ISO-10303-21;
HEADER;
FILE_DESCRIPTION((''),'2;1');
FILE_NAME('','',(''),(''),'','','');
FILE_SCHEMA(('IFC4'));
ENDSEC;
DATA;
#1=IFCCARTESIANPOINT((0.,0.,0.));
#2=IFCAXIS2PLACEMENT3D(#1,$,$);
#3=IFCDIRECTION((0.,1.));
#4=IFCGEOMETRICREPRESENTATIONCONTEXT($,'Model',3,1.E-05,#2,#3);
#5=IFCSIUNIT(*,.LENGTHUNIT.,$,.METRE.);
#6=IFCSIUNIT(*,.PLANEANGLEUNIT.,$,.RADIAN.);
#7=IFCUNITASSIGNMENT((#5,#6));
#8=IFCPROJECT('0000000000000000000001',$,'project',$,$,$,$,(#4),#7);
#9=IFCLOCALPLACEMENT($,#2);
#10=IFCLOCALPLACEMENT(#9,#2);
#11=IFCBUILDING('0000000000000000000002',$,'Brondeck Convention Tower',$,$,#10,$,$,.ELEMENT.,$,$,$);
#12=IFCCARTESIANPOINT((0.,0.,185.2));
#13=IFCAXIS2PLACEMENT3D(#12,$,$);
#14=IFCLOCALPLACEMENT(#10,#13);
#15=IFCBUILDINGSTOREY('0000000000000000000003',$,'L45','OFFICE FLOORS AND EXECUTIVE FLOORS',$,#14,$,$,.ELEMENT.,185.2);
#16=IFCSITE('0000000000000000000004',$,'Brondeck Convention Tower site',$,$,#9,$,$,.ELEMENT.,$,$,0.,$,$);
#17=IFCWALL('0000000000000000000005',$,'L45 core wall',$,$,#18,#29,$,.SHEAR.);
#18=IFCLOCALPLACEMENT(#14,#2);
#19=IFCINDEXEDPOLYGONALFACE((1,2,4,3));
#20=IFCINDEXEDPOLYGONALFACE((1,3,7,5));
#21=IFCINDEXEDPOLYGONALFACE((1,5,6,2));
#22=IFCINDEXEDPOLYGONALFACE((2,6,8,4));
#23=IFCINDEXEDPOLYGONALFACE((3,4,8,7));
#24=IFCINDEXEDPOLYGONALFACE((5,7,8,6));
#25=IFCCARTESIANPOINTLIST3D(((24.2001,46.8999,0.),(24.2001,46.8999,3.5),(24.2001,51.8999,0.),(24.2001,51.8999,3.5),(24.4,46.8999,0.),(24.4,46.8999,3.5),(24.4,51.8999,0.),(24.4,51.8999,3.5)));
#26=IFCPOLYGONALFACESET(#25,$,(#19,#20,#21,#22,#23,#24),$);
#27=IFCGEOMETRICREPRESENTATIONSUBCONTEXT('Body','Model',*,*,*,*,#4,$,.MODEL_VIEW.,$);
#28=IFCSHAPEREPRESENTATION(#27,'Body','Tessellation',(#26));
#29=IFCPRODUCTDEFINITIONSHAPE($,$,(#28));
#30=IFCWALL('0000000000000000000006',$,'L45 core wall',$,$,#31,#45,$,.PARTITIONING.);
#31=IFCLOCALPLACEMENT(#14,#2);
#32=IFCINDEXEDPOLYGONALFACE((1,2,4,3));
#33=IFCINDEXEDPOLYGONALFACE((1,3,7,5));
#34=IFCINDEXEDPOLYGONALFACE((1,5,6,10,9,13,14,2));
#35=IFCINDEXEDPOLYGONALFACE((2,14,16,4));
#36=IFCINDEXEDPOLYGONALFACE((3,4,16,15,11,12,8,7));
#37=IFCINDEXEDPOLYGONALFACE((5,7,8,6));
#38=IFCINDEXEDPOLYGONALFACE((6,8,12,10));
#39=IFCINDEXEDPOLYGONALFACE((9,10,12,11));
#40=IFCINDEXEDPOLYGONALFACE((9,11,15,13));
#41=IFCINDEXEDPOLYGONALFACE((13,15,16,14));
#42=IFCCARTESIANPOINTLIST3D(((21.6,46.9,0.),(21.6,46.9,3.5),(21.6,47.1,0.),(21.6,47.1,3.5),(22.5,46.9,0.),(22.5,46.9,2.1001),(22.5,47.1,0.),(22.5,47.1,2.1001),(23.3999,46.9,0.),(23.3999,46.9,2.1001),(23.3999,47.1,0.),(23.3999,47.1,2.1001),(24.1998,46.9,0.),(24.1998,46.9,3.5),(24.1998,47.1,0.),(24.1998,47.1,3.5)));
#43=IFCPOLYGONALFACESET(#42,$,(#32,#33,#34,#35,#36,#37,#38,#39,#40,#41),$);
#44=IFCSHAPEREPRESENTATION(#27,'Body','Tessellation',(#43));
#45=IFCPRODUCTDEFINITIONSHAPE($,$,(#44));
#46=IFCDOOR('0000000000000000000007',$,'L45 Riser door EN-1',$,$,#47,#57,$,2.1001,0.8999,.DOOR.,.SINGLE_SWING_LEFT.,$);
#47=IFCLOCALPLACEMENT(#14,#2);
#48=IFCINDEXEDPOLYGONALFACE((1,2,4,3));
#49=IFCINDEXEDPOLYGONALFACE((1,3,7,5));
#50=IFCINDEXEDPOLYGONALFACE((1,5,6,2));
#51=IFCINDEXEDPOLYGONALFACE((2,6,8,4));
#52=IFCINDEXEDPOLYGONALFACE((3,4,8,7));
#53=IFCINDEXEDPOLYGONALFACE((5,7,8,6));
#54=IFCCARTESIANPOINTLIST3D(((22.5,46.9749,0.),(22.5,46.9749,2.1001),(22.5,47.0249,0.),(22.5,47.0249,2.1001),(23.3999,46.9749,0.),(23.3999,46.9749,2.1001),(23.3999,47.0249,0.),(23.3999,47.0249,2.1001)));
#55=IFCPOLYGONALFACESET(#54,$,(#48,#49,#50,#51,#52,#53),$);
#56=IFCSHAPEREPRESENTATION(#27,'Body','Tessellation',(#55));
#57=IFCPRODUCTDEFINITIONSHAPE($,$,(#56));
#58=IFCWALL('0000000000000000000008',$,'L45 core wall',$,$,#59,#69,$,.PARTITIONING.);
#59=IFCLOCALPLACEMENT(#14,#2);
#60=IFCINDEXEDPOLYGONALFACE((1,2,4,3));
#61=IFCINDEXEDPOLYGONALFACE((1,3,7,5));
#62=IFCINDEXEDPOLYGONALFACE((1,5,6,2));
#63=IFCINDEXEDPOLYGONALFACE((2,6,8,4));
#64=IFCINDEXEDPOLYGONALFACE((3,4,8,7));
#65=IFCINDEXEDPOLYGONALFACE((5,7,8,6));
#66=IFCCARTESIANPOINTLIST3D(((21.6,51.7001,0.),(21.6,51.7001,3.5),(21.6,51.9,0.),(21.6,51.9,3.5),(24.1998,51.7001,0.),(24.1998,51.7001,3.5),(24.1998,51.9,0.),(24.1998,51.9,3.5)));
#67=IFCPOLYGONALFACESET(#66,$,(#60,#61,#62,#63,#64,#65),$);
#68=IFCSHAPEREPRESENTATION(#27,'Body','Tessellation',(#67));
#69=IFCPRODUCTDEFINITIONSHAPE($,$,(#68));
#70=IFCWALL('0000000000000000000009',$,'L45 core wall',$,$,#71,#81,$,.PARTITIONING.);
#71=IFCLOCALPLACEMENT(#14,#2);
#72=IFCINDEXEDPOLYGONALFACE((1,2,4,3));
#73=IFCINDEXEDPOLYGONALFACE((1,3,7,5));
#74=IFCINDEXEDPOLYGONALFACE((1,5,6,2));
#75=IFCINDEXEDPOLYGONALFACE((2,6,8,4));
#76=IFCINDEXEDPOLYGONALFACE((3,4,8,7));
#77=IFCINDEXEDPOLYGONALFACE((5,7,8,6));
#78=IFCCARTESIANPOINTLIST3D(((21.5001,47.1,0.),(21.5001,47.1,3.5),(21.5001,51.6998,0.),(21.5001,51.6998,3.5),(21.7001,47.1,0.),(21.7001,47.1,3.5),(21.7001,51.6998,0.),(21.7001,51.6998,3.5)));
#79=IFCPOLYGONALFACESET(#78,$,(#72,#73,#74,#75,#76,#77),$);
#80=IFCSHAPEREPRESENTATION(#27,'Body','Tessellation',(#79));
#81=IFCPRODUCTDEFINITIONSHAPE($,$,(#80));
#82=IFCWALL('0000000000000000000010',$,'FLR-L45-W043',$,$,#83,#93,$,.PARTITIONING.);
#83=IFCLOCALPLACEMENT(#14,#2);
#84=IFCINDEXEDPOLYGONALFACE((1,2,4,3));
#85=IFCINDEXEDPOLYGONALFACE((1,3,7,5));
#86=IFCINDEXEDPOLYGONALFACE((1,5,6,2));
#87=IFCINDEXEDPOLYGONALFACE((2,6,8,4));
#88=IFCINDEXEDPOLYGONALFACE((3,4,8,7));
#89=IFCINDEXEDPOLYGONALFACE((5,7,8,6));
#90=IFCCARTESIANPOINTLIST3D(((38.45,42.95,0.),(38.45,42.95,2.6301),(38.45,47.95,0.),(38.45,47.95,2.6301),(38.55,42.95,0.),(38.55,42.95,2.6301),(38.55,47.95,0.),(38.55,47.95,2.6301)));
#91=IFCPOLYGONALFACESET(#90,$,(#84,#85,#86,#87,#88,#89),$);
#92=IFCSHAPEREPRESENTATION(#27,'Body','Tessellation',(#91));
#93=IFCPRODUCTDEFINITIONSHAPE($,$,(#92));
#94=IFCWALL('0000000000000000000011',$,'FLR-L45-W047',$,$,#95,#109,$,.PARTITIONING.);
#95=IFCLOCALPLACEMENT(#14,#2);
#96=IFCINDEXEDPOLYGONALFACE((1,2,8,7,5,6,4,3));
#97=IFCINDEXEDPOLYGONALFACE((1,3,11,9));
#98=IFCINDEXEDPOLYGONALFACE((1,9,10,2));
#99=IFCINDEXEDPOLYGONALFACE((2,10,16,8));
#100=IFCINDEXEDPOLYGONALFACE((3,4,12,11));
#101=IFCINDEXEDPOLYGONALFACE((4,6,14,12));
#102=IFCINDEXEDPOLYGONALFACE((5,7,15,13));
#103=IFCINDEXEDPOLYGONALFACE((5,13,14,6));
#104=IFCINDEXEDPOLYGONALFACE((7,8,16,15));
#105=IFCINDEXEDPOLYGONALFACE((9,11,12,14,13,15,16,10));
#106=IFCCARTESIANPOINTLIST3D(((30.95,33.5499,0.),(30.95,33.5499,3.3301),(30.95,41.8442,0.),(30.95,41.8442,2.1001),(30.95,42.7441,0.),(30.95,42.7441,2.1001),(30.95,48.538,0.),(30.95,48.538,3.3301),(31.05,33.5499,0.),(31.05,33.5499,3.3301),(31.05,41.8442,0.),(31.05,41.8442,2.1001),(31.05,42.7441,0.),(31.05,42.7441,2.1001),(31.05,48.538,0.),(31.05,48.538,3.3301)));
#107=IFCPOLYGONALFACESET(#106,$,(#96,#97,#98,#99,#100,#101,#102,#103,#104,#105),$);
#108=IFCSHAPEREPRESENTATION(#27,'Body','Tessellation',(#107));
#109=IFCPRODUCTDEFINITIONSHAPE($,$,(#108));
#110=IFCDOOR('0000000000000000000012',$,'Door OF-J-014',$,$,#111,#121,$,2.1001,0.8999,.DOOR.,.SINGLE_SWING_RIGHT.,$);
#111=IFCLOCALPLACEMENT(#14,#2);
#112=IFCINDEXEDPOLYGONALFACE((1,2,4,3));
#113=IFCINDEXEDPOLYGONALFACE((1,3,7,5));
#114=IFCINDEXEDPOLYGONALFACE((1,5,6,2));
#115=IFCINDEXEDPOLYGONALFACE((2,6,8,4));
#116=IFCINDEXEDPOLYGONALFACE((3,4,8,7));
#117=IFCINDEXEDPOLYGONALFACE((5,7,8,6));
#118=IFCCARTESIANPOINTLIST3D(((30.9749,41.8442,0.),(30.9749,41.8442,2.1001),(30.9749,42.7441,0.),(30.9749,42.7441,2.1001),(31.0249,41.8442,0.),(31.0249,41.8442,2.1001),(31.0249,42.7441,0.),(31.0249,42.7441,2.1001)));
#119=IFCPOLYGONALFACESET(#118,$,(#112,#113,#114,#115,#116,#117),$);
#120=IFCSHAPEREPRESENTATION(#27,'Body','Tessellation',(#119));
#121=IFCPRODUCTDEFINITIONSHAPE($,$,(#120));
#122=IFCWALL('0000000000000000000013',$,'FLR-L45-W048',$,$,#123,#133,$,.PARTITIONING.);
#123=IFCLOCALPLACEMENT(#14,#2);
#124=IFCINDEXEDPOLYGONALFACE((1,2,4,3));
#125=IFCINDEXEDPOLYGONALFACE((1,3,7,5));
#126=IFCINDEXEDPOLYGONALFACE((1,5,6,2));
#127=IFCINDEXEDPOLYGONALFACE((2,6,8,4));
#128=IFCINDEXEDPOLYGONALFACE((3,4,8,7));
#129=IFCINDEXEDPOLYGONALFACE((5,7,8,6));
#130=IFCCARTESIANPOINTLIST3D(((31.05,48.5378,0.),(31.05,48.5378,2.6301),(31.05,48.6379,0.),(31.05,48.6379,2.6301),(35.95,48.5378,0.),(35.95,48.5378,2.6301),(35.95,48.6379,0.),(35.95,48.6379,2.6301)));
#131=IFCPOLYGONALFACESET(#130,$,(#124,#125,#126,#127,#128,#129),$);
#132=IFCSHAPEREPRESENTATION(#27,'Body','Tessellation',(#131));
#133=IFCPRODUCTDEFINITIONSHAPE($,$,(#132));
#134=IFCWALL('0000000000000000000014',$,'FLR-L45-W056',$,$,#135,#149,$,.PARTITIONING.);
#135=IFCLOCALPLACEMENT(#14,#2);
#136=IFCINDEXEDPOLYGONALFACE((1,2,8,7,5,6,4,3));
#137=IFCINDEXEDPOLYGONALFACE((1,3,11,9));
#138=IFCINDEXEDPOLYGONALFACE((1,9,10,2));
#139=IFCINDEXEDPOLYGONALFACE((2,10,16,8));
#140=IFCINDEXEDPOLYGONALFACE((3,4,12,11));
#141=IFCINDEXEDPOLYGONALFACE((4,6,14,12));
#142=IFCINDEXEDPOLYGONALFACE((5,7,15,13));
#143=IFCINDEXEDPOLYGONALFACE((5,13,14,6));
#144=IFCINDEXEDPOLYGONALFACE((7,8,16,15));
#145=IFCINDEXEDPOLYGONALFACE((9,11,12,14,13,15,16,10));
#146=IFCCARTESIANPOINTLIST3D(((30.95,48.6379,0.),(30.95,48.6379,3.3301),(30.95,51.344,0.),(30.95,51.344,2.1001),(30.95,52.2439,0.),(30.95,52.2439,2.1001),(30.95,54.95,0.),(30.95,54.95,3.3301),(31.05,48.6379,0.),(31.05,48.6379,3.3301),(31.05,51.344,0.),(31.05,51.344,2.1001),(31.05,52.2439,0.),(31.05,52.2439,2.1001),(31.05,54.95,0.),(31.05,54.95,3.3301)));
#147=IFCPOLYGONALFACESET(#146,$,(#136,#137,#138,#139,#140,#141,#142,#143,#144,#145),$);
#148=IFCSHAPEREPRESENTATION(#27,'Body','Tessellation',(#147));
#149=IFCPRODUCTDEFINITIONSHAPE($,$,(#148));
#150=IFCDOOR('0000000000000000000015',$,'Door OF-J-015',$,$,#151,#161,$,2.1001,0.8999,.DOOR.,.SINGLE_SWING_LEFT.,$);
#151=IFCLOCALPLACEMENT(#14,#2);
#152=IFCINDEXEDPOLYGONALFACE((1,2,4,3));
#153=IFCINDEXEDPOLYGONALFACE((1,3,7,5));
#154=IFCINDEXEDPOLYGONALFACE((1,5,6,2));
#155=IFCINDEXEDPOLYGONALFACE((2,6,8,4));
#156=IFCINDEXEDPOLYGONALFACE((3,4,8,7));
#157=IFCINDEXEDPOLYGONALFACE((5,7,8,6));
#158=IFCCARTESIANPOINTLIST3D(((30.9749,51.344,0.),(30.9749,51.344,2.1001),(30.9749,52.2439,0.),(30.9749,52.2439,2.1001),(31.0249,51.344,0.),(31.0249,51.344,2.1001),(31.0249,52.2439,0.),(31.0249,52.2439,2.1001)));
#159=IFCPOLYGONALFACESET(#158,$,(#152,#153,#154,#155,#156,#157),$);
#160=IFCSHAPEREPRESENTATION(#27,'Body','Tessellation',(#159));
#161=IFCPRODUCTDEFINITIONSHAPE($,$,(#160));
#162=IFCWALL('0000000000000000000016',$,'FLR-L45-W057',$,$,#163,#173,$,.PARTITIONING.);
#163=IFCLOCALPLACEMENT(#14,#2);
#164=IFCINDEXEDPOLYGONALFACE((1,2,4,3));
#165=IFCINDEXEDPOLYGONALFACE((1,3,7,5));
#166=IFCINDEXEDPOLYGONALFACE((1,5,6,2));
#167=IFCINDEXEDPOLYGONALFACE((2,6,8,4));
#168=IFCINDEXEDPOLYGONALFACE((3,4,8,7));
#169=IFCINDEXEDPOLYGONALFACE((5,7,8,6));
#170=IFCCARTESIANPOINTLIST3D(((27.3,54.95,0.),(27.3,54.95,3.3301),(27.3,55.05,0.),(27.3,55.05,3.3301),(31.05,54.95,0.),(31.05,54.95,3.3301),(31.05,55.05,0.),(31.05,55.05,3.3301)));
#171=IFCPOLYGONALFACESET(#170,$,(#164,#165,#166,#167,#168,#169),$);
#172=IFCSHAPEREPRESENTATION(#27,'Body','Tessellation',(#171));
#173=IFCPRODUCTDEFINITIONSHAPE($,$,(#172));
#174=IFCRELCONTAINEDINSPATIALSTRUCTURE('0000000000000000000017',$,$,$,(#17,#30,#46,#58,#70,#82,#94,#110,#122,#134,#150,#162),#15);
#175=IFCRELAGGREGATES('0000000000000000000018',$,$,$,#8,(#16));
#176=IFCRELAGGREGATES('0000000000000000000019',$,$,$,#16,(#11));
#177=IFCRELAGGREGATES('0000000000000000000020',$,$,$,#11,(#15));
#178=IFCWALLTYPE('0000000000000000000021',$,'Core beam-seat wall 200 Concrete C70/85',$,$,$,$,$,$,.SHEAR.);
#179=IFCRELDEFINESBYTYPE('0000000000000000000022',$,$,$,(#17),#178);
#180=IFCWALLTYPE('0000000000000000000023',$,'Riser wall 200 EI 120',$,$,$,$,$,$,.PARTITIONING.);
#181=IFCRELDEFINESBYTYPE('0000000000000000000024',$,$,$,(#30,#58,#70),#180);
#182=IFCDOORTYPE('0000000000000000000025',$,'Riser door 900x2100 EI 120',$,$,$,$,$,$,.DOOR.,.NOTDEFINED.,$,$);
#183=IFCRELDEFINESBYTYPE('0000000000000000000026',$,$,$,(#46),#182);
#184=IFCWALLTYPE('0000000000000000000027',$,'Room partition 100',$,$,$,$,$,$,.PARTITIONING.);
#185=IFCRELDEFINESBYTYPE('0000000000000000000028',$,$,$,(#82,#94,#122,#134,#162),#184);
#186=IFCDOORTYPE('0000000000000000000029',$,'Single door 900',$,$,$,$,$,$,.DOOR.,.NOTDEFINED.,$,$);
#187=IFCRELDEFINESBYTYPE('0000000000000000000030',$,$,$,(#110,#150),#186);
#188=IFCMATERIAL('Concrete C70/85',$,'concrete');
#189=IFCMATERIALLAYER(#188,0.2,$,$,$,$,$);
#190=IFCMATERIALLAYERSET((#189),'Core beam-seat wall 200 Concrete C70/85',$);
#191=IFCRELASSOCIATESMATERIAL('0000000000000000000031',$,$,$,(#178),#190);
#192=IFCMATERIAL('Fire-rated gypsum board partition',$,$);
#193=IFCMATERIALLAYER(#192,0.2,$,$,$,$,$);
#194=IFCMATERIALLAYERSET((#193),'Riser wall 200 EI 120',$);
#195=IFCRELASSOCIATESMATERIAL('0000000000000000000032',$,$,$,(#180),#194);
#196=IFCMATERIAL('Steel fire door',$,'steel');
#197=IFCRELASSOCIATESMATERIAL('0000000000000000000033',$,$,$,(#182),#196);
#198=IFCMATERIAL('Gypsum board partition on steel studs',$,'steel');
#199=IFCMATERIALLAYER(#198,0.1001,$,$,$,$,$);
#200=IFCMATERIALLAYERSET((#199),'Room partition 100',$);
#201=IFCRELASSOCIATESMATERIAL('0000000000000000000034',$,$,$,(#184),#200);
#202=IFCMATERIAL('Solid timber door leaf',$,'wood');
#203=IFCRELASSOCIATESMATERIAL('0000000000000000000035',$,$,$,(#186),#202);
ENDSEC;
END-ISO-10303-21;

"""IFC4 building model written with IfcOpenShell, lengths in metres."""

from ifc_helpers import new_model, si_unit, direction, frame, frame_2d, origin, place, context, subcontext, project, spatial, rectangle, extrude, material, layer, layer_set, type_object, element, fill, save


model = new_model("IFC4")

# Units and contexts
model_context = context("Model", 3, precision=1e-05, world=origin(), true_north=direction((0.0, 1.0)))
body_context = subcontext(model_context, "Body", "Model", "MODEL_VIEW")
ifc_project = project(units=[si_unit("LENGTHUNIT", "METRE"), si_unit("PLANEANGLEUNIT", "RADIAN")], contexts=[model_context])

# Site, building, storey
site_placement = place(None, origin())
site = spatial("IfcSite", under=ifc_project, at=site_placement, Name="Brondeck Convention Tower site", CompositionType="ELEMENT", RefElevation=0.0)
building_placement = place(site_placement, origin())
building = spatial("IfcBuilding", under=site, at=building_placement, Name="Brondeck Convention Tower", CompositionType="ELEMENT")
storey_placement = place(building_placement, frame((0.0, 0.0, 185.2)))
storey = spatial("IfcBuildingStorey", under=building, at=storey_placement, Name="L45", Description="OFFICE FLOORS AND EXECUTIVE FLOORS", CompositionType="ELEMENT", Elevation=185.2)

# Shared definitions
ifc_material_1 = material(Name="Concrete C70/85", Category="concrete")

# Wall
ifc_layer_1 = layer(ifc_material_1, 0.2)
ifc_layer_set_1 = layer_set([ifc_layer_1], Name="Core beam-seat wall 200 Concrete C70/85")
wall_type_1 = type_object("IfcWallType", Name="Core beam-seat wall 200 Concrete C70/85", PredefinedType="SHEAR", material=ifc_layer_set_1)
wall_1_placement = place(storey_placement, frame((24.3, 46.8999, 0.0), z_axis=(0.0, 0.0, 1.0), x_axis=(0.0, 1.0, 0.0)))
element("IfcWall", 1, at=wall_1_placement, inside=storey, type_object=wall_type_1, Name="L45 core wall", PredefinedType="SHEAR", context=body_context, shape_type="SweptSolid", body=[
    extrude(rectangle(XDim=5.0, YDim=0.2, at=frame_2d((2.5, 0.0))), origin(), (0.0, 0.0, 1.0), 3.5),
])

# Wall, opening, door
ifc_material_2 = material(Name="Fire-rated gypsum board partition")
ifc_layer_2 = layer(ifc_material_2, 0.2)
ifc_layer_set_2 = layer_set([ifc_layer_2], Name="Riser wall 200 EI 120")
wall_type_2 = type_object("IfcWallType", Name="Riser wall 200 EI 120", PredefinedType="PARTITIONING", material=ifc_layer_set_2)
wall_2_placement = place(storey_placement, frame((21.6001, 47.0, 0.0), z_axis=(0.0, 0.0, 1.0), x_axis=(1.0, 0.0, 0.0)))
wall_2 = element("IfcWall", 2, at=wall_2_placement, inside=storey, type_object=wall_type_2, Name="L45 core wall", PredefinedType="PARTITIONING", context=body_context, shape_type="SweptSolid", body=[
    extrude(rectangle(XDim=2.5999, YDim=0.2, at=frame_2d((1.2998, 0.0))), origin(), (0.0, 0.0, 1.0), 3.5),
])
opening_1_placement = place(wall_2_placement, frame((0.8999, 0.0, 0.0)))
opening_1 = element("IfcOpeningElement", 3, at=opening_1_placement, cuts=wall_2, PredefinedType="OPENING", context=body_context, shape_type="SweptSolid", body=[
    extrude(rectangle(XDim=0.8999, YDim=2.1001, at=frame_2d((0.45, 1.05))), frame((0.0, 0.1099, 0.0), z_axis=(0.0, -1.0, 0.0), x_axis=(1.0, 0.0, 0.0)), (0.0, 0.0, 1.0), 0.22),
])
ifc_material_3 = material(Name="Steel fire door", Category="steel")
door_type_1 = type_object("IfcDoorType", Name="Riser door 900x2100 EI 120", OperationType="NOTDEFINED", PredefinedType="DOOR", material=ifc_material_3)
door_1_placement = place(opening_1_placement, origin())
door_1 = element("IfcDoor", 4, at=door_1_placement, inside=storey, type_object=door_type_1, Name="L45 Riser door EN-1", OperationType="SINGLE_SWING_LEFT", OverallHeight=2.1001, OverallWidth=0.8999, PredefinedType="DOOR", context=body_context, shape_type="SweptSolid", body=[
    extrude(rectangle(XDim=0.8999, YDim=2.1001, at=frame_2d((0.45, 1.05))), frame((0.0, 0.0249, 0.0), z_axis=(0.0, -1.0, 0.0), x_axis=(1.0, 0.0, 0.0)), (0.0, 0.0, 1.0), 0.05),
])
fill(opening_1, door_1)

# Walls
wall_3_placement = place(storey_placement, frame((21.6001, 51.8, 0.0), z_axis=(0.0, 0.0, 1.0), x_axis=(1.0, 0.0, 0.0)))
element("IfcWall", 5, at=wall_3_placement, inside=storey, type_object=wall_type_2, Name="L45 core wall", PredefinedType="PARTITIONING", context=body_context, shape_type="SweptSolid", body=[
    extrude(rectangle(XDim=2.5999, YDim=0.2, at=frame_2d((1.2998, 0.0))), origin(), (0.0, 0.0, 1.0), 3.5),
])
wall_4_placement = place(storey_placement, frame((21.6001, 47.1001, 0.0), z_axis=(0.0, 0.0, 1.0), x_axis=(0.0, 1.0, 0.0)))
element("IfcWall", 6, at=wall_4_placement, inside=storey, type_object=wall_type_2, Name="L45 core wall", PredefinedType="PARTITIONING", context=body_context, shape_type="SweptSolid", body=[
    extrude(rectangle(XDim=4.5999, YDim=0.2, at=frame_2d((2.2998, 0.0))), origin(), (0.0, 0.0, 1.0), 3.5),
])
ifc_material_4 = material(Name="Gypsum board partition on steel studs", Category="steel")
ifc_layer_3 = layer(ifc_material_4, 0.1001)
ifc_layer_set_3 = layer_set([ifc_layer_3], Name="Room partition 100")
wall_type_3 = type_object("IfcWallType", Name="Room partition 100", PredefinedType="PARTITIONING", material=ifc_layer_set_3)
wall_5_placement = place(storey_placement, frame((38.5, 47.95, 0.0), z_axis=(0.0, 0.0, 1.0), x_axis=(0.0, -1.0, 0.0)))
element("IfcWall", 7, at=wall_5_placement, inside=storey, type_object=wall_type_3, Name="FLR-L45-W043", PredefinedType="PARTITIONING", context=body_context, shape_type="SweptSolid", body=[
    extrude(rectangle(XDim=5.0, YDim=0.1001, at=frame_2d((2.5, 0.0))), origin(), (0.0, 0.0, 1.0), 2.6301),
])

# Wall, opening, door
wall_6_placement = place(storey_placement, frame((31.0, 48.5381, 0.0), z_axis=(0.0, 0.0, 1.0), x_axis=(0.0, -1.0, 0.0)))
wall_6 = element("IfcWall", 8, at=wall_6_placement, inside=storey, type_object=wall_type_3, Name="FLR-L45-W047", PredefinedType="PARTITIONING", context=body_context, shape_type="SweptSolid", body=[
    extrude(rectangle(XDim=14.988, YDim=0.1001, at=frame_2d((7.4941, 0.0))), origin(), (0.0, 0.0, 1.0), 3.3301),
])
opening_2_placement = place(wall_6_placement, frame((5.7939, 0.0, 0.0)))
opening_2 = element("IfcOpeningElement", 9, at=opening_2_placement, cuts=wall_6, PredefinedType="OPENING", context=body_context, shape_type="SweptSolid", body=[
    extrude(rectangle(XDim=0.8999, YDim=2.1001, at=frame_2d((0.45, 1.05))), frame((0.0, 0.0601, 0.0), z_axis=(0.0, -1.0, 0.0), x_axis=(1.0, 0.0, 0.0)), (0.0, 0.0, 1.0), 0.1201),
])
ifc_material_5 = material(Name="Solid timber door leaf", Category="wood")
door_type_2 = type_object("IfcDoorType", Name="Single door 900", OperationType="NOTDEFINED", PredefinedType="DOOR", material=ifc_material_5)
door_2_placement = place(opening_2_placement, origin())
door_2 = element("IfcDoor", 10, at=door_2_placement, inside=storey, type_object=door_type_2, Name="Door OF-J-014", OperationType="SINGLE_SWING_RIGHT", OverallHeight=2.1001, OverallWidth=0.8999, PredefinedType="DOOR", context=body_context, shape_type="SweptSolid", body=[
    extrude(rectangle(XDim=0.8999, YDim=2.1001, at=frame_2d((0.45, 1.05))), frame((0.0, 0.0249, 0.0), z_axis=(0.0, -1.0, 0.0), x_axis=(1.0, 0.0, 0.0)), (0.0, 0.0, 1.0), 0.05),
])
fill(opening_2, door_2)

# Wall
wall_7_placement = place(storey_placement, frame((31.05, 48.5879, 0.0), z_axis=(0.0, 0.0, 1.0), x_axis=(1.0, 0.0, 0.0)))
element("IfcWall", 11, at=wall_7_placement, inside=storey, type_object=wall_type_3, Name="FLR-L45-W048", PredefinedType="PARTITIONING", context=body_context, shape_type="SweptSolid", body=[
    extrude(rectangle(XDim=4.8999, YDim=0.1001, at=frame_2d((2.45, 0.0))), origin(), (0.0, 0.0, 1.0), 2.6301),
])

# Wall, opening, door
wall_8_placement = place(storey_placement, frame((31.0, 54.95, 0.0), z_axis=(0.0, 0.0, 1.0), x_axis=(0.0, -1.0, 0.0)))
wall_8 = element("IfcWall", 12, at=wall_8_placement, inside=storey, type_object=wall_type_3, Name="FLR-L45-W056", PredefinedType="PARTITIONING", context=body_context, shape_type="SweptSolid", body=[
    extrude(rectangle(XDim=6.312, YDim=0.1001, at=frame_2d((3.156, 0.0))), origin(), (0.0, 0.0, 1.0), 3.3301),
])
opening_3_placement = place(wall_8_placement, frame((2.7061, 0.0, 0.0)))
opening_3 = element("IfcOpeningElement", 13, at=opening_3_placement, cuts=wall_8, PredefinedType="OPENING", context=body_context, shape_type="SweptSolid", body=[
    extrude(rectangle(XDim=0.8999, YDim=2.1001, at=frame_2d((0.45, 1.05))), frame((0.0, 0.0601, 0.0), z_axis=(0.0, -1.0, 0.0), x_axis=(1.0, 0.0, 0.0)), (0.0, 0.0, 1.0), 0.1201),
])
door_3_placement = place(opening_3_placement, origin())
door_3 = element("IfcDoor", 14, at=door_3_placement, inside=storey, type_object=door_type_2, Name="Door OF-J-015", OperationType="SINGLE_SWING_LEFT", OverallHeight=2.1001, OverallWidth=0.8999, PredefinedType="DOOR", context=body_context, shape_type="SweptSolid", body=[
    extrude(rectangle(XDim=0.8999, YDim=2.1001, at=frame_2d((0.45, 1.05))), frame((0.0, 0.0249, 0.0), z_axis=(0.0, -1.0, 0.0), x_axis=(1.0, 0.0, 0.0)), (0.0, 0.0, 1.0), 0.05),
])
fill(opening_3, door_3)

# Wall
wall_9_placement = place(storey_placement, frame((27.3, 55.0, 0.0), z_axis=(0.0, 0.0, 1.0), x_axis=(1.0, 0.0, 0.0)))
element("IfcWall", 15, at=wall_9_placement, inside=storey, type_object=wall_type_3, Name="FLR-L45-W057", PredefinedType="PARTITIONING", context=body_context, shape_type="SweptSolid", body=[
    extrude(rectangle(XDim=3.75, YDim=0.1001, at=frame_2d((1.875, 0.0))), origin(), (0.0, 0.0, 1.0), 3.3301),
])

save(model, "model.ifc")
